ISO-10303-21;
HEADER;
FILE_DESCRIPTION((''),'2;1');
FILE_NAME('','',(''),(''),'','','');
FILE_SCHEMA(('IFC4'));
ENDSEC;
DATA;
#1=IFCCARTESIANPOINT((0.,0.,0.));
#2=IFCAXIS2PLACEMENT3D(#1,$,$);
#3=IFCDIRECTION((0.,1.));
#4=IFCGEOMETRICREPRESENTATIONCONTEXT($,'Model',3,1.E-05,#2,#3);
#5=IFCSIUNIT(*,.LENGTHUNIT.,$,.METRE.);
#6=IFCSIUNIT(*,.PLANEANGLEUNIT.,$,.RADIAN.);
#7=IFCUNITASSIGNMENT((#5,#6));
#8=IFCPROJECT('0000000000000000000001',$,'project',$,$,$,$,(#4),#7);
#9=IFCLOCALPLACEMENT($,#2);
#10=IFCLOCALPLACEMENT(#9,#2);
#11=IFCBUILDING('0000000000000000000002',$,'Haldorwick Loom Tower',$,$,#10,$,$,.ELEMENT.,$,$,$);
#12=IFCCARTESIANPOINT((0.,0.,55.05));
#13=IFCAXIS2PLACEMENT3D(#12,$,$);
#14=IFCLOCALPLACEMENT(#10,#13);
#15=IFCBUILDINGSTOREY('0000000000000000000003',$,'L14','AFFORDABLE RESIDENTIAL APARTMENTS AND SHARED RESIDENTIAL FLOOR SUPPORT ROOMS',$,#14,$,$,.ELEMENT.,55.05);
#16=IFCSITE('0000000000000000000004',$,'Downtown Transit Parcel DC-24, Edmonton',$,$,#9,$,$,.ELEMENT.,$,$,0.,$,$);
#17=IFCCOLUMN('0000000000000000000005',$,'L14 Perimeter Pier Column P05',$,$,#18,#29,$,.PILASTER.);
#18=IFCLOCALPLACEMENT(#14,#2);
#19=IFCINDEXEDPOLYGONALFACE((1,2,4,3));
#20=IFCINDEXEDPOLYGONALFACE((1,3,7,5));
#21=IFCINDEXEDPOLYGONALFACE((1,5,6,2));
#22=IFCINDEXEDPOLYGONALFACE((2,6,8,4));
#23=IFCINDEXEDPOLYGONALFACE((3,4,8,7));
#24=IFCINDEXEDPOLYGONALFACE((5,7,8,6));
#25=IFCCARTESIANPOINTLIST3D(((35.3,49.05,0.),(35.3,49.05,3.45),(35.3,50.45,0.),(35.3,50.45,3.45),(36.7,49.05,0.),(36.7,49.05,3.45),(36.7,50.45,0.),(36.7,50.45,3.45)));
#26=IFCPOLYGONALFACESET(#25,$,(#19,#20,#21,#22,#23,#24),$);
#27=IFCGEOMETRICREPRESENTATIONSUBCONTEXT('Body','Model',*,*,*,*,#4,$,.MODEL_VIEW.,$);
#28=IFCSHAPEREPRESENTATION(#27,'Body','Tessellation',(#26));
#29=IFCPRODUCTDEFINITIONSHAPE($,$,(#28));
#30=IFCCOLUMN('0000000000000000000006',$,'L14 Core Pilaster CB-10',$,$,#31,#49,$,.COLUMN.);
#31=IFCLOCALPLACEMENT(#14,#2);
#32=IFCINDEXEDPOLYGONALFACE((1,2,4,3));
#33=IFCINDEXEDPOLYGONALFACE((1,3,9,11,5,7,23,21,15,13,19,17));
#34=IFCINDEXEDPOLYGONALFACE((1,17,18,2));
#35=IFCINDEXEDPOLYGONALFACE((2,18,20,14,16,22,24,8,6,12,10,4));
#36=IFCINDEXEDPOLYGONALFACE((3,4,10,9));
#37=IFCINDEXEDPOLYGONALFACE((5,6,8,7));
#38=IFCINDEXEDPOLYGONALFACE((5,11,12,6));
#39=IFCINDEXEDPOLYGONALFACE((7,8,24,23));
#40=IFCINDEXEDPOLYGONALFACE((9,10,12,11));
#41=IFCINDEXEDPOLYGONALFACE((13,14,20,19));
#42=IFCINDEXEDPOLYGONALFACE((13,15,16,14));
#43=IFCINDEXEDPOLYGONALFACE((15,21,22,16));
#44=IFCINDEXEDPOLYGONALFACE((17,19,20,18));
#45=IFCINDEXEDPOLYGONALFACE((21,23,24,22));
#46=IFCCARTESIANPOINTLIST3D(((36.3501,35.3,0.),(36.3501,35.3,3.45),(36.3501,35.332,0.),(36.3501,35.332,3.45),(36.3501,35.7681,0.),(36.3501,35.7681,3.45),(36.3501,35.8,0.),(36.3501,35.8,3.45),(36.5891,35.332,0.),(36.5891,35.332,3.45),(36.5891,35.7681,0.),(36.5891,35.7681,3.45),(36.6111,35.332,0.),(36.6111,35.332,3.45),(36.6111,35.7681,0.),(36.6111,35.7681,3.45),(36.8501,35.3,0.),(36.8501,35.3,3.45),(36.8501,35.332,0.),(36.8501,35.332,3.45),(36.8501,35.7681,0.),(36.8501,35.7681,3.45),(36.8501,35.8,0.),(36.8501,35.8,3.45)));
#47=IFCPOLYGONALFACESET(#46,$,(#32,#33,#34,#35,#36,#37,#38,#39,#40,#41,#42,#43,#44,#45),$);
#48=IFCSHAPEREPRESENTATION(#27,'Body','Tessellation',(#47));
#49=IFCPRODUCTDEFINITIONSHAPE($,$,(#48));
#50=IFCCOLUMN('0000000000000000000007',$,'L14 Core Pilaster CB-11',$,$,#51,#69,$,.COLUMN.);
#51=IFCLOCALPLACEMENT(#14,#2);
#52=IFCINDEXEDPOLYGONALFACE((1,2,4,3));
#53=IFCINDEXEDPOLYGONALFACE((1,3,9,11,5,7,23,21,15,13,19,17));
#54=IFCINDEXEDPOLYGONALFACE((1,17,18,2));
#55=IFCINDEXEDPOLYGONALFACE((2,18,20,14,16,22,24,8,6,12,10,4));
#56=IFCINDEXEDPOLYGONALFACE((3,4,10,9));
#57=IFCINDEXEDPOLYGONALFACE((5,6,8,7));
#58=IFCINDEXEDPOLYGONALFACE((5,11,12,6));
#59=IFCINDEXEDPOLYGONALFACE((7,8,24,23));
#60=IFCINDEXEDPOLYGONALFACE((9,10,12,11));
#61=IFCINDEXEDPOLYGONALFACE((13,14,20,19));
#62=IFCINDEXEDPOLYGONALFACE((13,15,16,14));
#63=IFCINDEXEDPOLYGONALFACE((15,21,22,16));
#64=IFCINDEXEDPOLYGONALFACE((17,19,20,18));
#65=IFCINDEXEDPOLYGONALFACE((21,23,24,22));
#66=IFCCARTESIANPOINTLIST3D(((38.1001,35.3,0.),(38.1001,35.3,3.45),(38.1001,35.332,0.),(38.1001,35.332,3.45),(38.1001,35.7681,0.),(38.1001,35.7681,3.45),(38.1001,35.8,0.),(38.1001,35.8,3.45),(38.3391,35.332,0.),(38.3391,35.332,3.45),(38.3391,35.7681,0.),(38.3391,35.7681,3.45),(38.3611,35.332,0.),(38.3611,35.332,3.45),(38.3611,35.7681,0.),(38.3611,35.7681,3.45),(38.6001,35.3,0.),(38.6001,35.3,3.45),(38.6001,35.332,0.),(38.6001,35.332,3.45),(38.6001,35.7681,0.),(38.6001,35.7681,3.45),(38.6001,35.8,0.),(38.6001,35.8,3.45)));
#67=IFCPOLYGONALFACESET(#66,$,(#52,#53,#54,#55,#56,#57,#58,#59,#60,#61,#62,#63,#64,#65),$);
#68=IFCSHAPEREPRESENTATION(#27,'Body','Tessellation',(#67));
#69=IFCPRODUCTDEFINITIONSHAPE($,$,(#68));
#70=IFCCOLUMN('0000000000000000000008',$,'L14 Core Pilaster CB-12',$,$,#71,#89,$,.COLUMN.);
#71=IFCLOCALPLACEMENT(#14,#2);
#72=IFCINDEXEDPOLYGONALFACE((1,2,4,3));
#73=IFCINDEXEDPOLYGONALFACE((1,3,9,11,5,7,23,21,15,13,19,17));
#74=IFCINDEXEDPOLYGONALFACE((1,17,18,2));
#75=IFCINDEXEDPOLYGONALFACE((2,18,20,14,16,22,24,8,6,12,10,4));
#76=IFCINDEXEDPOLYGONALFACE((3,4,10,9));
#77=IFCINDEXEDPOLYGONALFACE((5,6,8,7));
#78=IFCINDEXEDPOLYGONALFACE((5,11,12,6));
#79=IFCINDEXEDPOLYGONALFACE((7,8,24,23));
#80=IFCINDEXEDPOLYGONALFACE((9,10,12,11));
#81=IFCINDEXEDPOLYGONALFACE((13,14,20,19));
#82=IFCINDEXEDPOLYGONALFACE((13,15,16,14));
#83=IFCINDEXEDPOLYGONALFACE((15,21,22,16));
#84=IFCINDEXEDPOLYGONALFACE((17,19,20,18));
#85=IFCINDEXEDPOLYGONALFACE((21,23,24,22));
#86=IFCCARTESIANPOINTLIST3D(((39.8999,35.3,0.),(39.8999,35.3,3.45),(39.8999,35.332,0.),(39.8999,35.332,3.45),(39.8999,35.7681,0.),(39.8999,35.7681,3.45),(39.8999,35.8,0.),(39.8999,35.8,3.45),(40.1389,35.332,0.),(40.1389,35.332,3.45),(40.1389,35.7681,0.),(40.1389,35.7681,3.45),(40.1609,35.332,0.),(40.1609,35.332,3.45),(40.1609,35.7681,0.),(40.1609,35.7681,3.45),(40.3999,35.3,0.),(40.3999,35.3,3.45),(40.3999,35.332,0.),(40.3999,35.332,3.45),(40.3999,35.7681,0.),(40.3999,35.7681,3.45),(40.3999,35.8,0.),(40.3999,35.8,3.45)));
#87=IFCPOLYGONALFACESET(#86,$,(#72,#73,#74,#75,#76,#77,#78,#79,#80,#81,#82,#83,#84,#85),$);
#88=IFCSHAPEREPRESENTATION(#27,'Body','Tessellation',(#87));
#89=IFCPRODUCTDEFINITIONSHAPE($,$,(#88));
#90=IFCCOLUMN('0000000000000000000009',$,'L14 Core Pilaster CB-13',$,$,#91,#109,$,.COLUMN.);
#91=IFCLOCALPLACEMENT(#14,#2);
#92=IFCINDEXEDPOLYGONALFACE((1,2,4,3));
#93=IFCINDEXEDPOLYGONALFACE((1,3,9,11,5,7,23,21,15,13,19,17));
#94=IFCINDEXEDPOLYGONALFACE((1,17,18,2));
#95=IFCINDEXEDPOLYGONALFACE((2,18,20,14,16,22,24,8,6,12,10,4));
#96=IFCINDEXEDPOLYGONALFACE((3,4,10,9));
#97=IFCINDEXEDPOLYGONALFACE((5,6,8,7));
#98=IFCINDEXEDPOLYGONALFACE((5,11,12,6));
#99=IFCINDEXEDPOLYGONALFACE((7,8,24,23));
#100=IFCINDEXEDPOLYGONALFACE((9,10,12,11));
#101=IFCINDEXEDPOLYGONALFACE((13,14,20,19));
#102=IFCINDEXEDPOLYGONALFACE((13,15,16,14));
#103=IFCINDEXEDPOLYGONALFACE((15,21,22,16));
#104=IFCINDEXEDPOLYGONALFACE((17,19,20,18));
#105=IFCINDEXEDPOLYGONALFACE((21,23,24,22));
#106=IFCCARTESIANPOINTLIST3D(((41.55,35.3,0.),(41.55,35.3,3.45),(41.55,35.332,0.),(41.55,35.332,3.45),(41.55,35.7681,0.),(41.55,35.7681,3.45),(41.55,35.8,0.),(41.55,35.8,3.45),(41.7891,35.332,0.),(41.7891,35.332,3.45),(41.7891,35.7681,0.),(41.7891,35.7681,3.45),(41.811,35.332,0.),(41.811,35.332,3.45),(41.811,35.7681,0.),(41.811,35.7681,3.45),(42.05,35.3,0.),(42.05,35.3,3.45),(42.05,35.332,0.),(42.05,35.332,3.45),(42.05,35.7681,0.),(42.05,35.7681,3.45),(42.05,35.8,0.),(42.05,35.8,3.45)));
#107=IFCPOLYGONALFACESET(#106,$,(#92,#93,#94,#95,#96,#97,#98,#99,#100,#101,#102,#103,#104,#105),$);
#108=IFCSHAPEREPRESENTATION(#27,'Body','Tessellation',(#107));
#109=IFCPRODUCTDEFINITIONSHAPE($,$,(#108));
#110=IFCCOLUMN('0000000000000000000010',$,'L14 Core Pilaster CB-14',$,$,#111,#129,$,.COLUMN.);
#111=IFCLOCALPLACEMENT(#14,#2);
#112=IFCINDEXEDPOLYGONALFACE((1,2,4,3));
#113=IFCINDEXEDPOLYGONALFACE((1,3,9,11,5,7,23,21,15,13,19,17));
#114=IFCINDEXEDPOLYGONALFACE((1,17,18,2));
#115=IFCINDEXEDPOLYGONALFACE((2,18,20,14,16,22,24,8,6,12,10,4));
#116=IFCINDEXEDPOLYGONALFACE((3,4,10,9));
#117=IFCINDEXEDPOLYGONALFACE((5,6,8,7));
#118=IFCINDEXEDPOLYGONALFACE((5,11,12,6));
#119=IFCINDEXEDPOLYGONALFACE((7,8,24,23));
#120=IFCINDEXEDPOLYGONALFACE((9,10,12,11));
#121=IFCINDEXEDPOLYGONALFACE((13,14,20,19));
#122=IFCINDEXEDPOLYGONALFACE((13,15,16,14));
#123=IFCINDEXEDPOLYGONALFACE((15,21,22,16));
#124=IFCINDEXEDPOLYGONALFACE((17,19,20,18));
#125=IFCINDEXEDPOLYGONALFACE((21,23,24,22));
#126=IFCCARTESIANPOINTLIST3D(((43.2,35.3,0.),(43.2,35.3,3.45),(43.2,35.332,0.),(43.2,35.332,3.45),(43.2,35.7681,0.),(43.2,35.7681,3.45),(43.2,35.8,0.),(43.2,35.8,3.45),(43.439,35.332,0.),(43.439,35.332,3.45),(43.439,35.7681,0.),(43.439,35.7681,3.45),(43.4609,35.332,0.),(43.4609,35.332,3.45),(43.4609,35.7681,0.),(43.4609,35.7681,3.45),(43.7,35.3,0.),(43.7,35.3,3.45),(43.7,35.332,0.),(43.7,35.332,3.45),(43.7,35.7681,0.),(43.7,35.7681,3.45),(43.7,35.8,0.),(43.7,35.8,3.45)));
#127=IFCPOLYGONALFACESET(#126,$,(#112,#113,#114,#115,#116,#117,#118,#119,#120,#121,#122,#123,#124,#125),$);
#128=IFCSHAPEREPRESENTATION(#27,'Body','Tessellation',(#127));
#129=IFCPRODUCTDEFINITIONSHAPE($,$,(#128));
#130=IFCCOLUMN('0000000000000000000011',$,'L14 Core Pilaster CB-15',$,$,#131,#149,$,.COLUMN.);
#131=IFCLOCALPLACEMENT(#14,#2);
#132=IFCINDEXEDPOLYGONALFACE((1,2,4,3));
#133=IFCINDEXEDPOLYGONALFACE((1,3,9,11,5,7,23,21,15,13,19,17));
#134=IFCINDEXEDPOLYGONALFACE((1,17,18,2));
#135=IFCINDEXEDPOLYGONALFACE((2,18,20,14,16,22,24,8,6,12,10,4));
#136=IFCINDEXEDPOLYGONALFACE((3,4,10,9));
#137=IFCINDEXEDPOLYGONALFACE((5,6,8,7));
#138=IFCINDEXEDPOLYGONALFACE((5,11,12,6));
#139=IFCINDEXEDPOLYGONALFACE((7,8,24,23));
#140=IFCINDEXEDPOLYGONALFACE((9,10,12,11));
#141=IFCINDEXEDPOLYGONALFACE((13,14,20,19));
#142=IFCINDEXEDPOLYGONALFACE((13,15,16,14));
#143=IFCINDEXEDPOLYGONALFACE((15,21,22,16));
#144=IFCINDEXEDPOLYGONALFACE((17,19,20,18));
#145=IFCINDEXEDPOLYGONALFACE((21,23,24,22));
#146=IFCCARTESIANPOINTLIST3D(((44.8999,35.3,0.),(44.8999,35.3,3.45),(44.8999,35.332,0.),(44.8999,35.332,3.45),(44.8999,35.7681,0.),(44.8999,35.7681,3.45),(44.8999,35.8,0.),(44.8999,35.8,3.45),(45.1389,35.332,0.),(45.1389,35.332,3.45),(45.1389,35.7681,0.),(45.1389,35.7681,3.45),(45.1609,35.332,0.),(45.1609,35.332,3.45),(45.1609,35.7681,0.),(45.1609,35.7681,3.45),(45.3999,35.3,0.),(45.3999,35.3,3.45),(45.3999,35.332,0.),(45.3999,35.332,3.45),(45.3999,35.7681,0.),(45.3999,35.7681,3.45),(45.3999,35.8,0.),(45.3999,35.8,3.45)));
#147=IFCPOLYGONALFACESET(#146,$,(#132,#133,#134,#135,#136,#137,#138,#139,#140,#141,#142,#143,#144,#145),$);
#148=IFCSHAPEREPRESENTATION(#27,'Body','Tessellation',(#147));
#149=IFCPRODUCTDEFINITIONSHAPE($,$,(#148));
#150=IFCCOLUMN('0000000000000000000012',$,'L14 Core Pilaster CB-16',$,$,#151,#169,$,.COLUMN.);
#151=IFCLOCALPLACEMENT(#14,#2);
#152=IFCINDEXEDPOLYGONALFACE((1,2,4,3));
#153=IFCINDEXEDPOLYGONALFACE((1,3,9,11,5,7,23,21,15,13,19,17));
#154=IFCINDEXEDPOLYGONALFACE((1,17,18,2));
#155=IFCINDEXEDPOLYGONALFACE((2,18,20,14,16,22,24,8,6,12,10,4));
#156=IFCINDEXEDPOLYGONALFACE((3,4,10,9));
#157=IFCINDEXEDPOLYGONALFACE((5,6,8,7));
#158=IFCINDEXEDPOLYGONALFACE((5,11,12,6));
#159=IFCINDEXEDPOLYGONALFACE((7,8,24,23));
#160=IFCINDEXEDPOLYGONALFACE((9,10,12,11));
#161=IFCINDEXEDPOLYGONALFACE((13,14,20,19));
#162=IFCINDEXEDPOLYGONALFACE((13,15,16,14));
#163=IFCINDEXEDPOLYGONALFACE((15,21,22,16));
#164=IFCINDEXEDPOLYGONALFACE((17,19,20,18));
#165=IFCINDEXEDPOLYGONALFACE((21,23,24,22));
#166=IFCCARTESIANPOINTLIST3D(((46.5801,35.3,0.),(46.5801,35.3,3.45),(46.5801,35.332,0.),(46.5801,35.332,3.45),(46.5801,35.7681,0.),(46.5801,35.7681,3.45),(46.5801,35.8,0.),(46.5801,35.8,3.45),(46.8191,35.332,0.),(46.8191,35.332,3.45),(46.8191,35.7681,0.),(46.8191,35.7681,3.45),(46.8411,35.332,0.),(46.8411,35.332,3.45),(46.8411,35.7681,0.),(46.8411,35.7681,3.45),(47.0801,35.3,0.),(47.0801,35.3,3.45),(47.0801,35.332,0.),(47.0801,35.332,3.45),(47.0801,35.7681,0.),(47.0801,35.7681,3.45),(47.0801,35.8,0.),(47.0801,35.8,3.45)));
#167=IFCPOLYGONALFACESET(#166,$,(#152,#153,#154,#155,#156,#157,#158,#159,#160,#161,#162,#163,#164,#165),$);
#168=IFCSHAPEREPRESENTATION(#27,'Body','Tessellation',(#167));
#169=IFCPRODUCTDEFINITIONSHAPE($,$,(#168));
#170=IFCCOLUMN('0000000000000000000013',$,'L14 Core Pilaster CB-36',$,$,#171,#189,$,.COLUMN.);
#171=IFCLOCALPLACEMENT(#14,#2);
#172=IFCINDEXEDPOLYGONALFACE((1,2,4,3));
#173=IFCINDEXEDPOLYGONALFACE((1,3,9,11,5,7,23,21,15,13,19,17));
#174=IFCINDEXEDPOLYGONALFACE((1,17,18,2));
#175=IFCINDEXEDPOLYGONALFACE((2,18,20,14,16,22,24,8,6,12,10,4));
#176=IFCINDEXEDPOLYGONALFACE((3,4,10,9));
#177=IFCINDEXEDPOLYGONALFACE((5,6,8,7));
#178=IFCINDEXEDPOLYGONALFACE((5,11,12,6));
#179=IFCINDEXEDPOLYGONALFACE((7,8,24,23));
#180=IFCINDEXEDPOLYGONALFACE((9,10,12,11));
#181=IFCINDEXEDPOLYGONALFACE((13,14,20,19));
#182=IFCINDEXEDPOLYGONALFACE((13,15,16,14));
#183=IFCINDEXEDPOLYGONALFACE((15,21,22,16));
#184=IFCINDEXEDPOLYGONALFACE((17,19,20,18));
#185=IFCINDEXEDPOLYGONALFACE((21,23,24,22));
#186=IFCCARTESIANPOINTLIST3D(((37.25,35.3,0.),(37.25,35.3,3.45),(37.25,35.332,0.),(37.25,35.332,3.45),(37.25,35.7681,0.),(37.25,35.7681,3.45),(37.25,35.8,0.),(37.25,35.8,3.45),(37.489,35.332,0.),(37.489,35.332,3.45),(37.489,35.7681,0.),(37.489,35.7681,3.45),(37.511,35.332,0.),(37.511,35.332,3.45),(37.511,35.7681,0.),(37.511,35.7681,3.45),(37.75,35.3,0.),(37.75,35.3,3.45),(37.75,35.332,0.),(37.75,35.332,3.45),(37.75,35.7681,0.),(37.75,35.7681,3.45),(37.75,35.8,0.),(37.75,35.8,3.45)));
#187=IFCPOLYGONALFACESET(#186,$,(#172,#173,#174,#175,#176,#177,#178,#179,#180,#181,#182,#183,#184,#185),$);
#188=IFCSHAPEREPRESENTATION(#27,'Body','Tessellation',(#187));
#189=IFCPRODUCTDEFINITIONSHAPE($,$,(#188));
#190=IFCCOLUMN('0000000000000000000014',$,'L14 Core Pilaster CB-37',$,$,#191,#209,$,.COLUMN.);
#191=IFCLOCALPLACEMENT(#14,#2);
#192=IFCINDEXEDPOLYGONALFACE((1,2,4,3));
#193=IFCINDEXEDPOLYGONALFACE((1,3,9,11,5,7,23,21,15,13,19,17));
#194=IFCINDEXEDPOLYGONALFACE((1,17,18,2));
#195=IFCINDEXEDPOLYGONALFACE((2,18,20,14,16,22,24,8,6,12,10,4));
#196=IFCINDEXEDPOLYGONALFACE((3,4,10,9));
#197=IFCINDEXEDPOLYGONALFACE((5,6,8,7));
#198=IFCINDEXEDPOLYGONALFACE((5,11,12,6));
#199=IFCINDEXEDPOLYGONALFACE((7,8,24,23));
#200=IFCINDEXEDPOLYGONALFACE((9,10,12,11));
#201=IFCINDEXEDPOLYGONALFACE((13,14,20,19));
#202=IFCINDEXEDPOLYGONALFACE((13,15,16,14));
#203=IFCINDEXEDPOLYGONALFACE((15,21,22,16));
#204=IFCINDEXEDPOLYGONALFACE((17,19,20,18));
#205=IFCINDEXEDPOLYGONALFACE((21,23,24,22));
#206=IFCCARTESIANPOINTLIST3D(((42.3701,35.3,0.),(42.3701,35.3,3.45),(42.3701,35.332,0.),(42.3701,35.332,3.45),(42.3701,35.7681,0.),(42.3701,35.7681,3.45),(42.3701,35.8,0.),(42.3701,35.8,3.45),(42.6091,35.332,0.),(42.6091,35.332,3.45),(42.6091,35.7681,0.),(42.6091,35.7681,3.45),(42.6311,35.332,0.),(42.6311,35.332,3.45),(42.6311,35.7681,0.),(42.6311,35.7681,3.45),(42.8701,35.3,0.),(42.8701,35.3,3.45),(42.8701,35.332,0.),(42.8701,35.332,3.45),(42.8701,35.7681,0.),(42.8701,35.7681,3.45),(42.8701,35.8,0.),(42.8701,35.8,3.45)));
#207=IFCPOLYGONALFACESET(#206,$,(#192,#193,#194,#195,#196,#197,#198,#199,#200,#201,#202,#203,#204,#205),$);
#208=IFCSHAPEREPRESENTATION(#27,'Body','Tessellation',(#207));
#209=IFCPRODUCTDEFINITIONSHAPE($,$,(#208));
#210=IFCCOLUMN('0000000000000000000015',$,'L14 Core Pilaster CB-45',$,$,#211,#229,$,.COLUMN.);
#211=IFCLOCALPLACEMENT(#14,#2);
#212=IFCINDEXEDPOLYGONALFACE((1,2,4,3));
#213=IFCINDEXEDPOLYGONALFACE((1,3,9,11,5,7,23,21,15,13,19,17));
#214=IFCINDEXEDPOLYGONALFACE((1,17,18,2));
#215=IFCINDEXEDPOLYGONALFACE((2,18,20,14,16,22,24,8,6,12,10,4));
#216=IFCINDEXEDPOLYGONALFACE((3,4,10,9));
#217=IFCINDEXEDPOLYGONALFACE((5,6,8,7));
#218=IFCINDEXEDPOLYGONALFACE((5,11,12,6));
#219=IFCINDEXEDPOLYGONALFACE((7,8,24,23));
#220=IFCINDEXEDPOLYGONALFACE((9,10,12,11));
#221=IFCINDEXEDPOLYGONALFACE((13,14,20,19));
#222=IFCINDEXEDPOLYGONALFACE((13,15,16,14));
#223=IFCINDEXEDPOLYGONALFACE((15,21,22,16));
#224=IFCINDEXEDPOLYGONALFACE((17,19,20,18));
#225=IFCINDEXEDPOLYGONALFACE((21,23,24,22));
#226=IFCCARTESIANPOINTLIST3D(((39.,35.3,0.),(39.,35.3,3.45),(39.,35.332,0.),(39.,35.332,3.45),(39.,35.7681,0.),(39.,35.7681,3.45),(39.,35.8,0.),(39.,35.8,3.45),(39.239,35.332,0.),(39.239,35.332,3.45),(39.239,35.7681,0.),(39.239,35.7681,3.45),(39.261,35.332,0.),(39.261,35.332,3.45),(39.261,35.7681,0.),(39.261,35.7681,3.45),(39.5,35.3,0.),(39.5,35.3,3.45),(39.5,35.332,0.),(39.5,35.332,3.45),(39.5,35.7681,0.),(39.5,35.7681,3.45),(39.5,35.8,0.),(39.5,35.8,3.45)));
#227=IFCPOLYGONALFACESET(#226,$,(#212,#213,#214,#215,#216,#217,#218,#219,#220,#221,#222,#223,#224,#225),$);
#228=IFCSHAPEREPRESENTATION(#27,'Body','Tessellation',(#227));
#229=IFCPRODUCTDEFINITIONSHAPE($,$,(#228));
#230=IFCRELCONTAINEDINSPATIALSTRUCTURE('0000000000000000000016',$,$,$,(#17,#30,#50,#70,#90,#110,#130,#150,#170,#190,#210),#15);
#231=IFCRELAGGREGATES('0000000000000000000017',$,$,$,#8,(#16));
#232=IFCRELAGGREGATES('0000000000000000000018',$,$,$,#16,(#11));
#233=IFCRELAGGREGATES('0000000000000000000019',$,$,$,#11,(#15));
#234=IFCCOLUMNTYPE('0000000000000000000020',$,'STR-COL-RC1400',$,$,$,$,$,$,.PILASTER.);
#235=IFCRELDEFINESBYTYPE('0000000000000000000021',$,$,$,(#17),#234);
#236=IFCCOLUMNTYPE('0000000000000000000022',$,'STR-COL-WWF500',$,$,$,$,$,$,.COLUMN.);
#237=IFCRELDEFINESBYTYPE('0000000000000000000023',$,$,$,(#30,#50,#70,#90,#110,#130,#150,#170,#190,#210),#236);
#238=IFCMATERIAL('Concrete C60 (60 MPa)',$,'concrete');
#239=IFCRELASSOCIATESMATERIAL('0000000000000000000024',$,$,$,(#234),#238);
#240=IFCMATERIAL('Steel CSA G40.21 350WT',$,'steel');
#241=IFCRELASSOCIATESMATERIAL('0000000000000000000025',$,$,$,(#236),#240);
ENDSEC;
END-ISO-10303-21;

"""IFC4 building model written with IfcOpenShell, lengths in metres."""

from ifc_helpers import new_model, si_unit, direction, frame, origin, origin_2d, place, context, subcontext, project, spatial, rectangle, i_section, extrude, material, material_profile, profile_set, type_object, element, save


model = new_model("IFC4")

# Units and contexts
model_context = context("Model", 3, precision=1e-05, world=origin(), true_north=direction((0.0, 1.0)))
body_context = subcontext(model_context, "Body", "Model", "MODEL_VIEW")
ifc_project = project(units=[si_unit("LENGTHUNIT", "METRE"), si_unit("PLANEANGLEUNIT", "RADIAN")], contexts=[model_context])

# Site, building, storey
site_placement = place(None, origin())
site = spatial("IfcSite", under=ifc_project, at=site_placement, Name="Downtown Transit Parcel DC-24, Edmonton", CompositionType="ELEMENT", RefElevation=0.0)
building_placement = place(site_placement, origin())
building = spatial("IfcBuilding", under=site, at=building_placement, Name="Haldorwick Loom Tower", CompositionType="ELEMENT")
storey_placement = place(building_placement, frame((0.0, 0.0, 55.05)))
storey = spatial("IfcBuildingStorey", under=building, at=storey_placement, Name="L14", Description="AFFORDABLE RESIDENTIAL APARTMENTS AND SHARED RESIDENTIAL FLOOR SUPPORT ROOMS", CompositionType="ELEMENT", Elevation=55.05)

# Columns
ifc_material_1 = material(Name="Concrete C60 (60 MPa)", Category="concrete")
ifc_material_profile_1 = material_profile(ifc_material_1, rectangle(XDim=1.3999, YDim=1.3999, at=origin_2d()), Name="RC1400X1400", Category="concrete")
ifc_profile_set_1 = profile_set([ifc_material_profile_1], Name="Concrete C60 (60 MPa)")
column_type_1 = type_object("IfcColumnType", Name="STR-COL-RC1400", PredefinedType="PILASTER", material=ifc_profile_set_1)
column_placement = place(storey_placement, frame((36.0, 49.75, 0.0), z_axis=(0.0, 0.0, 1.0), x_axis=(0.0, 1.0, 0.0)))
element("IfcColumn", 1, at=column_placement, inside=storey, type_object=column_type_1, Name="L14 Perimeter Pier Column P05", PredefinedType="PILASTER", context=body_context, shape_type="SweptSolid", body=[
    extrude(rectangle(XDim=1.3999, YDim=1.3999, at=origin_2d()), origin(), (0.0, 0.0, 1.0), 3.45),
])
ifc_material_2 = material(Name="Steel CSA G40.21 350WT", Category="steel")
ifc_material_profile_2 = material_profile(ifc_material_2, i_section(OverallWidth=0.5, OverallDepth=0.5, WebThickness=0.022, FlangeThickness=0.032, at=origin_2d()), Name="WWF500X500", Category="steel")
ifc_profile_set_2 = profile_set([ifc_material_profile_2], Name="Steel CSA G40.21 350WT")
column_type_2 = type_object("IfcColumnType", Name="STR-COL-WWF500", PredefinedType="COLUMN", material=ifc_profile_set_2)
for number, where, z_axis, x_axis, name in (
    (2, (36.6001, 35.55, 0.0), (0.0, 0.0, 1.0), (1.0, 0.0, 0.0), "L14 Core Pilaster CB-10"),
    (3, (38.3501, 35.55, 0.0), (0.0, 0.0, 1.0), (1.0, 0.0, 0.0), "L14 Core Pilaster CB-11"),
    (4, (40.1499, 35.55, 0.0), (0.0, 0.0, 1.0), (1.0, 0.0, 0.0), "L14 Core Pilaster CB-12"),
    (5, (41.8, 35.55, 0.0), (0.0, 0.0, 1.0), (1.0, 0.0, 0.0), "L14 Core Pilaster CB-13"),
    (6, (43.45, 35.55, 0.0), (0.0, 0.0, 1.0), (1.0, 0.0, 0.0), "L14 Core Pilaster CB-14"),
    (7, (45.1499, 35.55, 0.0), (0.0, 0.0, 1.0), (1.0, 0.0, 0.0), "L14 Core Pilaster CB-15"),
    (8, (46.8301, 35.55, 0.0), (0.0, 0.0, 1.0), (1.0, 0.0, 0.0), "L14 Core Pilaster CB-16"),
    (9, (37.5, 35.55, 0.0), (0.0, 0.0, 1.0), (1.0, 0.0, 0.0), "L14 Core Pilaster CB-36"),
    (10, (42.6201, 35.55, 0.0), (0.0, 0.0, 1.0), (1.0, 0.0, 0.0), "L14 Core Pilaster CB-37"),
    (11, (39.25, 35.55, 0.0), (0.0, 0.0, 1.0), (1.0, 0.0, 0.0), "L14 Core Pilaster CB-45"),
):
    element("IfcColumn", number, at=place(storey_placement, frame(where, z_axis=z_axis, x_axis=x_axis)), inside=storey, type_object=column_type_2, Name=name, PredefinedType="COLUMN", context=body_context, shape_type="SweptSolid", body=[
        extrude(i_section(OverallWidth=0.5, OverallDepth=0.5, WebThickness=0.022, FlangeThickness=0.032, at=origin_2d()), origin(), (0.0, 0.0, 1.0), 3.45),
    ])

save(model, "model.ifc")
